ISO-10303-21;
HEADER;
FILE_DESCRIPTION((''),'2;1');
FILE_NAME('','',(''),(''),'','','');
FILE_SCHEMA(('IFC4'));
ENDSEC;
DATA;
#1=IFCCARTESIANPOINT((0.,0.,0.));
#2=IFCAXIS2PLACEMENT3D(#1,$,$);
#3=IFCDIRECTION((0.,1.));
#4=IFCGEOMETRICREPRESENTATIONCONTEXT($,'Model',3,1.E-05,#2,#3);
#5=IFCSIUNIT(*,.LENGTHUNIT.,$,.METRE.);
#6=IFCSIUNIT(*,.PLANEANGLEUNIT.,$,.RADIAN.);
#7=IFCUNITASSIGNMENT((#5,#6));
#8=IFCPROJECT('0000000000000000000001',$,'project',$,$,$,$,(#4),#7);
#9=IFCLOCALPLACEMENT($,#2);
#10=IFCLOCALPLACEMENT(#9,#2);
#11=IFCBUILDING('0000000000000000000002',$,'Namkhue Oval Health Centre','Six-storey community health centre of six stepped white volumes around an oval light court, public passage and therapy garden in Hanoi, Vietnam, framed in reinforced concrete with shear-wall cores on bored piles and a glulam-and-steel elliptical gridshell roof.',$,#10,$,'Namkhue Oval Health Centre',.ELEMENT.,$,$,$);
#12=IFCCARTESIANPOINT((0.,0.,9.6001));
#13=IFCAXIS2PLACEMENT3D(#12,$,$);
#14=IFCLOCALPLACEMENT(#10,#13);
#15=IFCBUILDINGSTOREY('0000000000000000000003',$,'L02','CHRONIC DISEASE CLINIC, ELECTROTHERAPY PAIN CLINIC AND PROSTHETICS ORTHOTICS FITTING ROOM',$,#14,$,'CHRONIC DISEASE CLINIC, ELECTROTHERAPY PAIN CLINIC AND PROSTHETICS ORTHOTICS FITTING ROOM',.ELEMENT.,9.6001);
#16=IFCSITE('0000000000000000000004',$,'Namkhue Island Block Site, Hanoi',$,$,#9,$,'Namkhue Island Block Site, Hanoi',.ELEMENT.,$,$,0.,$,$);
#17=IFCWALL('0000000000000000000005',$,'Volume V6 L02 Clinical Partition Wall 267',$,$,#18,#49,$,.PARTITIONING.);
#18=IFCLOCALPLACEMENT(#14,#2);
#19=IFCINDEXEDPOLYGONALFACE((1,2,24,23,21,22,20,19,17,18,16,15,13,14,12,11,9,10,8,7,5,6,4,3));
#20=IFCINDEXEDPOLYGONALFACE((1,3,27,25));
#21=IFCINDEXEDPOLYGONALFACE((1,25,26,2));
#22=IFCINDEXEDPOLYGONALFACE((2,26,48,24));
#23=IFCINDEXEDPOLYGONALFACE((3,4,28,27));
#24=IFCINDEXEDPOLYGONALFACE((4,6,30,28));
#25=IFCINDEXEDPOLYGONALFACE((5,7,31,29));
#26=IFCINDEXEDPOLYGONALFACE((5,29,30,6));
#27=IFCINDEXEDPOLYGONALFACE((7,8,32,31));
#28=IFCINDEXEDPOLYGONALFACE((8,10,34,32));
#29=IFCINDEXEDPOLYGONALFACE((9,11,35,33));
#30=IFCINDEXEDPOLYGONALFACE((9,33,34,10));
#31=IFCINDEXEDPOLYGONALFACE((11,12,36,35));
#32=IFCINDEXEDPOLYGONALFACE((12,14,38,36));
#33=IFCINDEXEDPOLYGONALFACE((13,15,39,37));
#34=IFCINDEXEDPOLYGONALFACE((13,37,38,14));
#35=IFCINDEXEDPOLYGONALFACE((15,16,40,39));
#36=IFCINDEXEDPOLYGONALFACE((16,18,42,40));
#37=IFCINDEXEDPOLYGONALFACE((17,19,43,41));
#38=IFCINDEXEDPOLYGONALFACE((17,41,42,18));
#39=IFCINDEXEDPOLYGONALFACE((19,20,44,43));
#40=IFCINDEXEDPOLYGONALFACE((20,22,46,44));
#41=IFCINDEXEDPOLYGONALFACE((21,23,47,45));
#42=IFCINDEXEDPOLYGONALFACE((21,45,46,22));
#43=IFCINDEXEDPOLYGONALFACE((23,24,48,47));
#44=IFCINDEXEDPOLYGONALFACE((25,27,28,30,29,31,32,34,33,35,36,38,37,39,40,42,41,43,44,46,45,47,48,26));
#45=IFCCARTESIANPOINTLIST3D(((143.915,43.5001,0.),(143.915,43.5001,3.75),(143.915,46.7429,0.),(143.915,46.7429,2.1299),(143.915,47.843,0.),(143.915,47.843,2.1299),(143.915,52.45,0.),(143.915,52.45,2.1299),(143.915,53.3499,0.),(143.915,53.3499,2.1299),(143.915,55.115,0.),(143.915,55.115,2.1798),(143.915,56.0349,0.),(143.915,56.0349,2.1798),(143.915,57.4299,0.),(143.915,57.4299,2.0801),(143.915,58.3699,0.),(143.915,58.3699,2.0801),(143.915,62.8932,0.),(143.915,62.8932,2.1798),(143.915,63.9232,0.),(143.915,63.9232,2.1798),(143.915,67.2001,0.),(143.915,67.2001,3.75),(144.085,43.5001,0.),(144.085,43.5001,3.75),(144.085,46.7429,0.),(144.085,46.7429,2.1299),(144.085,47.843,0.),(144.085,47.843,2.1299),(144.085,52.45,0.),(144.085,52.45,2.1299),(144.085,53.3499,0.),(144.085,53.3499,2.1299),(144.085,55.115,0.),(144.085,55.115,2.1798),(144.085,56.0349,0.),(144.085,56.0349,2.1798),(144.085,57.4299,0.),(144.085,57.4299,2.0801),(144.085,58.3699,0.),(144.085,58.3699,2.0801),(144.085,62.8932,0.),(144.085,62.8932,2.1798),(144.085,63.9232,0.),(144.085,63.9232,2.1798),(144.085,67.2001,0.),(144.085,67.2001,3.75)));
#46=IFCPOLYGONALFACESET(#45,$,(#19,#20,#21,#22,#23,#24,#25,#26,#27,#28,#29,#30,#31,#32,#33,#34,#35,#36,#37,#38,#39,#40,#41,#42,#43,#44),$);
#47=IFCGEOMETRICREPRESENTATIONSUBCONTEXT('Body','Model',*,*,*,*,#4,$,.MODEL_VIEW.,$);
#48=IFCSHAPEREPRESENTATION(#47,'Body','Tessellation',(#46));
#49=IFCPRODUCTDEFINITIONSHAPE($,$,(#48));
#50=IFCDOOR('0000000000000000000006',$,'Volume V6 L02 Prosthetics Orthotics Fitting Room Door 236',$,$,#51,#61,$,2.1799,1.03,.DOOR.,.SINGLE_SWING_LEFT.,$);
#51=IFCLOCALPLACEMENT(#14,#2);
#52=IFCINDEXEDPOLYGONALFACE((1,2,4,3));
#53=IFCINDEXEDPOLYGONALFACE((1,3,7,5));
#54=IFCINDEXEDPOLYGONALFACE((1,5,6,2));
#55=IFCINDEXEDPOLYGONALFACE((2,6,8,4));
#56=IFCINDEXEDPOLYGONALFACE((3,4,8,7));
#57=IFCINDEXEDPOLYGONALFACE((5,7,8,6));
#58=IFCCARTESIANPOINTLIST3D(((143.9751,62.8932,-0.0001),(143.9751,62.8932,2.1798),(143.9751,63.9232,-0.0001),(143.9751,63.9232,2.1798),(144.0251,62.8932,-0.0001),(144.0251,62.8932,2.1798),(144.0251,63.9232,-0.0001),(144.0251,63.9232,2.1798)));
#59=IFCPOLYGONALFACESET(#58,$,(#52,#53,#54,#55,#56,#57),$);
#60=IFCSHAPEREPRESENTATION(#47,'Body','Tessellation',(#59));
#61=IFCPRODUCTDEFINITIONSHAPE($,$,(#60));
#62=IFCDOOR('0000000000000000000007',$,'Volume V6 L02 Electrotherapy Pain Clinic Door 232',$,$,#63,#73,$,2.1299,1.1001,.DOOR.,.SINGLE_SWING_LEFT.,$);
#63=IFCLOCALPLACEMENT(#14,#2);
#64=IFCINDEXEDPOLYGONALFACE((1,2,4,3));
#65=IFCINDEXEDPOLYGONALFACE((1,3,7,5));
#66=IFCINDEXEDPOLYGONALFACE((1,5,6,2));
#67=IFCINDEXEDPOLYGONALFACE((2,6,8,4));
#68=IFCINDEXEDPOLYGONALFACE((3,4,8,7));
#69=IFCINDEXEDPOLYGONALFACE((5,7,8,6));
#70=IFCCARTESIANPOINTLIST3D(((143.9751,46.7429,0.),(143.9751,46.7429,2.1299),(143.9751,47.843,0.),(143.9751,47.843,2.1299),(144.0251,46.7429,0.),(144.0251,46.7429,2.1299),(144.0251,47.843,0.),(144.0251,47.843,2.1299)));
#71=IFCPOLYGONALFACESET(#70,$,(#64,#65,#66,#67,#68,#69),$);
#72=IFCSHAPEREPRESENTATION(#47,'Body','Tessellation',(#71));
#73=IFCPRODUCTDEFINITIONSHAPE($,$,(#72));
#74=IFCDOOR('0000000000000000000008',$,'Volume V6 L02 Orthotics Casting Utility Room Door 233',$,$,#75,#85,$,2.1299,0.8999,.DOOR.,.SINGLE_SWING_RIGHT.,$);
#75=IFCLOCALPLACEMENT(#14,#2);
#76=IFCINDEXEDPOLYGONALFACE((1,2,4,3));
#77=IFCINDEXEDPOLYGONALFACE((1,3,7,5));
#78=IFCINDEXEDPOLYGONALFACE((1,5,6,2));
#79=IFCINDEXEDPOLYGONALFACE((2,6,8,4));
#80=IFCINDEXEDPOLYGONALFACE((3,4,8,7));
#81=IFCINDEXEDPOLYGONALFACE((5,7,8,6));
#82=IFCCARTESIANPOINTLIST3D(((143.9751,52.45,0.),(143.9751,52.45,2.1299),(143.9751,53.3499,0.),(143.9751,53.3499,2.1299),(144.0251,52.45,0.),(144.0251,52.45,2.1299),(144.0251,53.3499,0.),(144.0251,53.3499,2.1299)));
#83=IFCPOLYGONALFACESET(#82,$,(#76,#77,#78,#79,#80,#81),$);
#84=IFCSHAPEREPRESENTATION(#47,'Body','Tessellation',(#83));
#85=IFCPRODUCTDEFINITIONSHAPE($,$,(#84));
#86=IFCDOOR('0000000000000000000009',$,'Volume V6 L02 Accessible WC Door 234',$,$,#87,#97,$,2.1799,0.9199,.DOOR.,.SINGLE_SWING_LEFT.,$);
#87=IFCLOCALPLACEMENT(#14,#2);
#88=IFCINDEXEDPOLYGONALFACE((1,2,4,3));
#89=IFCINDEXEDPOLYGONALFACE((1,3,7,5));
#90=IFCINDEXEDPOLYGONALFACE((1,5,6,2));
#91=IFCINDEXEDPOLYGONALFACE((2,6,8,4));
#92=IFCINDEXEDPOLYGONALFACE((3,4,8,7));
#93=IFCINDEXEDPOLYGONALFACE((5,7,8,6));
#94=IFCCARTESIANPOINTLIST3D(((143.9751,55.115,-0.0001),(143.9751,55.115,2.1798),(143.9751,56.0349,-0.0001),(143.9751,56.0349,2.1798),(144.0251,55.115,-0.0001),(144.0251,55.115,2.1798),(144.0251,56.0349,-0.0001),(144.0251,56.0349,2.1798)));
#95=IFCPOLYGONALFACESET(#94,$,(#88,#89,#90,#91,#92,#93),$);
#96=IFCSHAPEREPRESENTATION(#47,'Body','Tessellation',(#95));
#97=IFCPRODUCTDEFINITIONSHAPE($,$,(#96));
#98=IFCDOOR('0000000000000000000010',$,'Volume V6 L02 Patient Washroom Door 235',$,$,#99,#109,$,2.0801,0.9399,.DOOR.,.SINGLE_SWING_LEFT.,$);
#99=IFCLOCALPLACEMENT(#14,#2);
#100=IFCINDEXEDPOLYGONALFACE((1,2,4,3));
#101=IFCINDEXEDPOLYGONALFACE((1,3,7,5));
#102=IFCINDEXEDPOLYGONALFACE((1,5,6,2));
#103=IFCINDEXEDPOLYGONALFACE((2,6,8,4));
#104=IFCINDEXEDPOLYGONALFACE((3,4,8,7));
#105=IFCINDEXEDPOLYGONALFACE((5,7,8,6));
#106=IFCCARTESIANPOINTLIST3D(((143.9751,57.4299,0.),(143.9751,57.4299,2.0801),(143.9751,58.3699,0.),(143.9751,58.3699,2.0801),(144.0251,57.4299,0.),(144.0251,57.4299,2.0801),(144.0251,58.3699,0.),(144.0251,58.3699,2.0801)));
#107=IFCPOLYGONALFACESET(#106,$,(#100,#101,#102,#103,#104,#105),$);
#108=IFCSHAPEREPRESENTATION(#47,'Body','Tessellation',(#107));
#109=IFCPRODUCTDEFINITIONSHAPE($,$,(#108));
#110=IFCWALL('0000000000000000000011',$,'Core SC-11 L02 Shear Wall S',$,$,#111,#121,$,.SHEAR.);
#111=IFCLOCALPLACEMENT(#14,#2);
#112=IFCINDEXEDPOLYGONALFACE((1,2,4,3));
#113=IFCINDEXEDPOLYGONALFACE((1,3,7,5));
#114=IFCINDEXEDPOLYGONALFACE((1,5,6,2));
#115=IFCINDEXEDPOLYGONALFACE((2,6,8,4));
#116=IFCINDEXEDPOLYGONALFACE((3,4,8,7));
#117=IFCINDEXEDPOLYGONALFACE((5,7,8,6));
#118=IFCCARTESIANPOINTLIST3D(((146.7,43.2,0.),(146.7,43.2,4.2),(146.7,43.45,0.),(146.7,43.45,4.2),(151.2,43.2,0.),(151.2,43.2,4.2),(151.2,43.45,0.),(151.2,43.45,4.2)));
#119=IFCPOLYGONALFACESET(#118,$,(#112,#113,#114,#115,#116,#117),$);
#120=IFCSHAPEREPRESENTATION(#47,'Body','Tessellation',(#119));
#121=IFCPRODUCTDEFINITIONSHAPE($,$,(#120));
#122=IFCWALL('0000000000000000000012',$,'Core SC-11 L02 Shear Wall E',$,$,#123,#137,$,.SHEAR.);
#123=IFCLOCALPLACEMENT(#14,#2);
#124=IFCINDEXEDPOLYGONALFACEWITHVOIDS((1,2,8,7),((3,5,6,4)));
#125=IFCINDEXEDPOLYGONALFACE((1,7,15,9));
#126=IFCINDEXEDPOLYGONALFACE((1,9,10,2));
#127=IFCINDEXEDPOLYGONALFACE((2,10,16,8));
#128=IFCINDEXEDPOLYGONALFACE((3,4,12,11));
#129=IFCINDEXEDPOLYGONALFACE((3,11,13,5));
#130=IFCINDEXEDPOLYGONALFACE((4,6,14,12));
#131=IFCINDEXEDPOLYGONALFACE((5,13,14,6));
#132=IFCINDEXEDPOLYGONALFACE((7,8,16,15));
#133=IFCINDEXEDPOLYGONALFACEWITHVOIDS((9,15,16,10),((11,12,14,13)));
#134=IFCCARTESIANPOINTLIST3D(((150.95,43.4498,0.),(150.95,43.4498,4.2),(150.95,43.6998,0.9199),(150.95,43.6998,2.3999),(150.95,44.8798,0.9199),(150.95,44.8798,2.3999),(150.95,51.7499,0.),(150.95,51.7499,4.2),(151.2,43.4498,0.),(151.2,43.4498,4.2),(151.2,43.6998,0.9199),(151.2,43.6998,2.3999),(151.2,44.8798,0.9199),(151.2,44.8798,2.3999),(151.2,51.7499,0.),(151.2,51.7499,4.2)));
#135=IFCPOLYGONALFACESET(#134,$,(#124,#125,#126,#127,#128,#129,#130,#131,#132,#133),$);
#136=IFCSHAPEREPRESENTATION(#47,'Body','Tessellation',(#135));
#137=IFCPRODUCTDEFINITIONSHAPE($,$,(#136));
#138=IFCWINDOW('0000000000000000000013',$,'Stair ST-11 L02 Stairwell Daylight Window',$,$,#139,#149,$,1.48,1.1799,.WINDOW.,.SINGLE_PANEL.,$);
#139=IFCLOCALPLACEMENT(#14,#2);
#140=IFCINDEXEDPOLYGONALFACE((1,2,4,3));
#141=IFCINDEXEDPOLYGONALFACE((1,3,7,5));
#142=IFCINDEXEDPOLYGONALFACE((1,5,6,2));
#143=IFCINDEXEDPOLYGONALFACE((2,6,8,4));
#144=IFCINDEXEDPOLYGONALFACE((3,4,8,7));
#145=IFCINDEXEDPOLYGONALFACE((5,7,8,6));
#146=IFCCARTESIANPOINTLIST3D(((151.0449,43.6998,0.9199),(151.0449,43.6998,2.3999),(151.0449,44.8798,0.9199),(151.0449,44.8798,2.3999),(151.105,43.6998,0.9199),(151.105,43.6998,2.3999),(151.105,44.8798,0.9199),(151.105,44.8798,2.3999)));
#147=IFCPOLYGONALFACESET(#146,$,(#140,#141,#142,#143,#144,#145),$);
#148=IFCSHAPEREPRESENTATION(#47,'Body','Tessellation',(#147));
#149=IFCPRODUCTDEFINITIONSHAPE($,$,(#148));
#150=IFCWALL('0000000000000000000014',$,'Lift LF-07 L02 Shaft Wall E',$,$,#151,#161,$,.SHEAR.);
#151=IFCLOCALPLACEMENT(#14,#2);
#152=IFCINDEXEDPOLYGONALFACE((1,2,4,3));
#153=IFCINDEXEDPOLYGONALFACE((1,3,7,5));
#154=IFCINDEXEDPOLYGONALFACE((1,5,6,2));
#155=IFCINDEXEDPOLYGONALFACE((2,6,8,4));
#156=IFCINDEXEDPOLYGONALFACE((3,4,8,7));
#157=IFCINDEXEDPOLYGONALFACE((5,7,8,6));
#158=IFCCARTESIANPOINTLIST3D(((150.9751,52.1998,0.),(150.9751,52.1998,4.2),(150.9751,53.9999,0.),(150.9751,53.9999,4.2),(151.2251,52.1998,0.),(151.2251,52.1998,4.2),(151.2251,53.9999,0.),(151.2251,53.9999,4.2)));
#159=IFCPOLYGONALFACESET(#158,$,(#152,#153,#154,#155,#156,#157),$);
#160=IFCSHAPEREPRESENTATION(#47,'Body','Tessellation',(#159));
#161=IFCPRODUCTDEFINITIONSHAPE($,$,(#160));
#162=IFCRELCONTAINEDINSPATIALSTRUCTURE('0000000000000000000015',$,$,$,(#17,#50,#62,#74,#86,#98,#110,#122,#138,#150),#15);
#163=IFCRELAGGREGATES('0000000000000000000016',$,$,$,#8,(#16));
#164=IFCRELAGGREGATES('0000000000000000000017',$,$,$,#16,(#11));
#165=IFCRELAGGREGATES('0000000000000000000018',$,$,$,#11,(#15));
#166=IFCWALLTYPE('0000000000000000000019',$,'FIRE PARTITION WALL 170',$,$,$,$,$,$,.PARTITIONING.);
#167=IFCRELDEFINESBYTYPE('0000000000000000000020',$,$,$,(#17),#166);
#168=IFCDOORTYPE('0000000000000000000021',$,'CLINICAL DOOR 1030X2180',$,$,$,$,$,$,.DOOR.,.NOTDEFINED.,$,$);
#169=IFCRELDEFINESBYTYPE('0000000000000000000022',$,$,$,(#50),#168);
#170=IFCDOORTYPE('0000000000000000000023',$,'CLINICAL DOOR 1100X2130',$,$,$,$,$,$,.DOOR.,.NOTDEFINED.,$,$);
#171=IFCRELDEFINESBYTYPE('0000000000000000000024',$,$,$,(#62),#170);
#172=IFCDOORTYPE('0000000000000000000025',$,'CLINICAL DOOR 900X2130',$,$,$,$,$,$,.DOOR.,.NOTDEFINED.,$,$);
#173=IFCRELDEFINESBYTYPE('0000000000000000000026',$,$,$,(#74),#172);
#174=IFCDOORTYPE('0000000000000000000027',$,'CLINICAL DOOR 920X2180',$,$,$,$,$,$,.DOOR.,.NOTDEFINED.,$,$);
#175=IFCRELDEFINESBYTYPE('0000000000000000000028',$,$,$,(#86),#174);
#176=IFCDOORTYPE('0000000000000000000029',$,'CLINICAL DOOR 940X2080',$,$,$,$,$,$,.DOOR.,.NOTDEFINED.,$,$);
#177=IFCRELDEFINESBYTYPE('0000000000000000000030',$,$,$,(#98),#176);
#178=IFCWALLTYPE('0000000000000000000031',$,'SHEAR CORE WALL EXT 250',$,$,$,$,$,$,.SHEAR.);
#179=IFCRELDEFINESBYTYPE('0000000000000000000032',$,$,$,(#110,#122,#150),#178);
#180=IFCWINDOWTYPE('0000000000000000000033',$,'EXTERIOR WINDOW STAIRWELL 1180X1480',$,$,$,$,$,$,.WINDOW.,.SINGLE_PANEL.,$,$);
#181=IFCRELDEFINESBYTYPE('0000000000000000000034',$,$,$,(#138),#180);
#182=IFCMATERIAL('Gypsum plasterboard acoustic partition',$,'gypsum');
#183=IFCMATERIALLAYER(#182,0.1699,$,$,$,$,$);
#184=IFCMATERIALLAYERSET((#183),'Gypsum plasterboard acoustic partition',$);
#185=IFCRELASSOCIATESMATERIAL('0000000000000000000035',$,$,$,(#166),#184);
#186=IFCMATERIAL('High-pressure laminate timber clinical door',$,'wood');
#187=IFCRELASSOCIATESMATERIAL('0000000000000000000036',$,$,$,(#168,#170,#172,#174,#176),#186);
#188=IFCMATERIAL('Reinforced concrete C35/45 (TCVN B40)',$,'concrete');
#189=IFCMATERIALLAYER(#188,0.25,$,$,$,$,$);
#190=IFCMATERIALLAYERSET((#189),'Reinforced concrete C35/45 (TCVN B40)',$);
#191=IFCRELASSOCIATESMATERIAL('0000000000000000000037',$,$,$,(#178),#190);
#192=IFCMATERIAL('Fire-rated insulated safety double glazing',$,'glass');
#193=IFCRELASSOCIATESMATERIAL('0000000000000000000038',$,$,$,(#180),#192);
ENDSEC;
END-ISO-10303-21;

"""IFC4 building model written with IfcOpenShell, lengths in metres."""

from ifc_helpers import new_model, si_unit, direction, frame, frame_2d, origin, place, context, subcontext, project, spatial, rectangle, extrude, material, layer, layer_set, type_object, element, fill, save


model = new_model("IFC4")

# Units and contexts
model_context = context("Model", 3, precision=1e-05, world=origin(), true_north=direction((0.0, 1.0)))
body_context = subcontext(model_context, "Body", "Model", "MODEL_VIEW")
ifc_project = project(units=[si_unit("LENGTHUNIT", "METRE"), si_unit("PLANEANGLEUNIT", "RADIAN")], contexts=[model_context])

# Site, building, storey
site_placement = place(None, origin())
site = spatial("IfcSite", under=ifc_project, at=site_placement, Name="Namkhue Island Block Site, Hanoi", LongName="Namkhue Island Block Site, Hanoi", CompositionType="ELEMENT", RefElevation=0.0)
building_placement = place(site_placement, origin())
building = spatial("IfcBuilding", under=site, at=building_placement, Name="Namkhue Oval Health Centre", Description="Six-storey community health centre of six stepped white volumes around an oval light court, public passage and therapy garden in Hanoi, Vietnam, framed in reinforced concrete with shear-wall cores on bored piles and a glulam-and-steel elliptical gridshell roof.", LongName="Namkhue Oval Health Centre", CompositionType="ELEMENT")
storey_placement = place(building_placement, frame((0.0, 0.0, 9.6001)))
storey = spatial("IfcBuildingStorey", under=building, at=storey_placement, Name="L02", Description="CHRONIC DISEASE CLINIC, ELECTROTHERAPY PAIN CLINIC AND PROSTHETICS ORTHOTICS FITTING ROOM", LongName="CHRONIC DISEASE CLINIC, ELECTROTHERAPY PAIN CLINIC AND PROSTHETICS ORTHOTICS FITTING ROOM", CompositionType="ELEMENT", Elevation=9.6001)

# Shared definitions
ifc_material_1 = material(Name="Reinforced concrete C35/45 (TCVN B40)", Category="concrete")

# Wall, openings, doors
ifc_material_2 = material(Name="Gypsum plasterboard acoustic partition", Category="gypsum")
ifc_layer_1 = layer(ifc_material_2, 0.1699)
ifc_layer_set_1 = layer_set([ifc_layer_1], Name="Gypsum plasterboard acoustic partition")
wall_type_1 = type_object("IfcWallType", Name="FIRE PARTITION WALL 170", PredefinedType="PARTITIONING", material=ifc_layer_set_1)
wall_1_placement = place(storey_placement, frame((144.0, 43.5, 0.0), z_axis=(0.0, 0.0, 1.0), x_axis=(0.0, 1.0, 0.0)))
wall_1 = element("IfcWall", 1, at=wall_1_placement, inside=storey, type_object=wall_type_1, Name="Volume V6 L02 Clinical Partition Wall 267", PredefinedType="PARTITIONING", context=body_context, shape_type="SweptSolid", body=[
    extrude(rectangle(XDim=23.7, YDim=0.1699, at=frame_2d((11.8501, 0.0))), origin(), (0.0, 0.0, 1.0), 3.75),
])
opening_1_placement = place(wall_1_placement, frame((3.2429, 0.0, 0.0)))
opening_1 = element("IfcOpeningElement", 2, at=opening_1_placement, cuts=wall_1, PredefinedType="OPENING", context=body_context, shape_type="SweptSolid", body=[
    extrude(rectangle(XDim=1.1001, YDim=2.1299, at=frame_2d((0.55, 1.0649))), frame((0.0, 0.095, 0.0), z_axis=(0.0, -1.0, 0.0), x_axis=(1.0, 0.0, 0.0)), (0.0, 0.0, 1.0), 0.1899),
])
opening_2_placement = place(wall_1_placement, frame((8.95, 0.0, 0.0)))
opening_2 = element("IfcOpeningElement", 3, at=opening_2_placement, cuts=wall_1, PredefinedType="OPENING", context=body_context, shape_type="SweptSolid", body=[
    extrude(rectangle(XDim=0.8999, YDim=2.1299, at=frame_2d((0.45, 1.0649))), frame((0.0, 0.095, 0.0), z_axis=(0.0, -1.0, 0.0), x_axis=(1.0, 0.0, 0.0)), (0.0, 0.0, 1.0), 0.1899),
])
opening_3_placement = place(wall_1_placement, frame((11.615, 0.0, 0.0)))
opening_3 = element("IfcOpeningElement", 4, at=opening_3_placement, cuts=wall_1, PredefinedType="OPENING", context=body_context, shape_type="SweptSolid", body=[
    extrude(rectangle(XDim=0.9199, YDim=2.1799, at=frame_2d((0.46, 1.0898))), frame((0.0, 0.095, 0.0), z_axis=(0.0, -1.0, 0.0), x_axis=(1.0, 0.0, 0.0)), (0.0, 0.0, 1.0), 0.1899),
])
opening_4_placement = place(wall_1_placement, frame((13.9299, 0.0, 0.0)))
opening_4 = element("IfcOpeningElement", 5, at=opening_4_placement, cuts=wall_1, PredefinedType="OPENING", context=body_context, shape_type="SweptSolid", body=[
    extrude(rectangle(XDim=0.9399, YDim=2.0801, at=frame_2d((0.47, 1.04))), frame((0.0, 0.095, 0.0), z_axis=(0.0, -1.0, 0.0), x_axis=(1.0, 0.0, 0.0)), (0.0, 0.0, 1.0), 0.1899),
])
opening_5_placement = place(wall_1_placement, frame((19.3931, 0.0, 0.0)))
opening_5 = element("IfcOpeningElement", 6, at=opening_5_placement, cuts=wall_1, PredefinedType="OPENING", context=body_context, shape_type="SweptSolid", body=[
    extrude(rectangle(XDim=1.03, YDim=2.1799, at=frame_2d((0.5151, 1.0898))), frame((0.0, 0.095, 0.0), z_axis=(0.0, -1.0, 0.0), x_axis=(1.0, 0.0, 0.0)), (0.0, 0.0, 1.0), 0.1899),
])
ifc_material_3 = material(Name="High-pressure laminate timber clinical door", Category="wood")
door_type_1 = type_object("IfcDoorType", Name="CLINICAL DOOR 1030X2180", OperationType="NOTDEFINED", PredefinedType="DOOR", material=ifc_material_3)
door_1_placement = place(opening_5_placement, origin())
door_1 = element("IfcDoor", 7, at=door_1_placement, inside=storey, type_object=door_type_1, Name="Volume V6 L02 Prosthetics Orthotics Fitting Room Door 236", OperationType="SINGLE_SWING_LEFT", OverallHeight=2.1799, OverallWidth=1.03, PredefinedType="DOOR", context=body_context, shape_type="SweptSolid", body=[
    extrude(rectangle(XDim=1.03, YDim=2.1799, at=frame_2d((0.5151, 1.0898))), frame((0.0, 0.0249, 0.0), z_axis=(0.0, -1.0, 0.0), x_axis=(1.0, 0.0, 0.0)), (0.0, 0.0, 1.0), 0.05),
])
fill(opening_5, door_1)
door_type_2 = type_object("IfcDoorType", Name="CLINICAL DOOR 1100X2130", OperationType="NOTDEFINED", PredefinedType="DOOR", material=ifc_material_3)
door_2_placement = place(opening_1_placement, origin())
door_2 = element("IfcDoor", 8, at=door_2_placement, inside=storey, type_object=door_type_2, Name="Volume V6 L02 Electrotherapy Pain Clinic Door 232", OperationType="SINGLE_SWING_LEFT", OverallHeight=2.1299, OverallWidth=1.1001, PredefinedType="DOOR", context=body_context, shape_type="SweptSolid", body=[
    extrude(rectangle(XDim=1.1001, YDim=2.1299, at=frame_2d((0.55, 1.0649))), frame((0.0, 0.0249, 0.0), z_axis=(0.0, -1.0, 0.0), x_axis=(1.0, 0.0, 0.0)), (0.0, 0.0, 1.0), 0.05),
])
fill(opening_1, door_2)
door_type_3 = type_object("IfcDoorType", Name="CLINICAL DOOR 900X2130", OperationType="NOTDEFINED", PredefinedType="DOOR", material=ifc_material_3)
door_3_placement = place(opening_2_placement, origin())
door_3 = element("IfcDoor", 9, at=door_3_placement, inside=storey, type_object=door_type_3, Name="Volume V6 L02 Orthotics Casting Utility Room Door 233", OperationType="SINGLE_SWING_RIGHT", OverallHeight=2.1299, OverallWidth=0.8999, PredefinedType="DOOR", context=body_context, shape_type="SweptSolid", body=[
    extrude(rectangle(XDim=0.8999, YDim=2.1299, at=frame_2d((0.45, 1.0649))), frame((0.0, 0.0249, 0.0), z_axis=(0.0, -1.0, 0.0), x_axis=(1.0, 0.0, 0.0)), (0.0, 0.0, 1.0), 0.05),
])
fill(opening_2, door_3)
door_type_4 = type_object("IfcDoorType", Name="CLINICAL DOOR 920X2180", OperationType="NOTDEFINED", PredefinedType="DOOR", material=ifc_material_3)
door_4_placement = place(opening_3_placement, origin())
door_4 = element("IfcDoor", 10, at=door_4_placement, inside=storey, type_object=door_type_4, Name="Volume V6 L02 Accessible WC Door 234", OperationType="SINGLE_SWING_LEFT", OverallHeight=2.1799, OverallWidth=0.9199, PredefinedType="DOOR", context=body_context, shape_type="SweptSolid", body=[
    extrude(rectangle(XDim=0.9199, YDim=2.1799, at=frame_2d((0.46, 1.0898))), frame((0.0, 0.0249, 0.0), z_axis=(0.0, -1.0, 0.0), x_axis=(1.0, 0.0, 0.0)), (0.0, 0.0, 1.0), 0.05),
])
fill(opening_3, door_4)
door_type_5 = type_object("IfcDoorType", Name="CLINICAL DOOR 940X2080", OperationType="NOTDEFINED", PredefinedType="DOOR", material=ifc_material_3)
door_5_placement = place(opening_4_placement, origin())
door_5 = element("IfcDoor", 11, at=door_5_placement, inside=storey, type_object=door_type_5, Name="Volume V6 L02 Patient Washroom Door 235", OperationType="SINGLE_SWING_LEFT", OverallHeight=2.0801, OverallWidth=0.9399, PredefinedType="DOOR", context=body_context, shape_type="SweptSolid", body=[
    extrude(rectangle(XDim=0.9399, YDim=2.0801, at=frame_2d((0.47, 1.04))), frame((0.0, 0.0249, 0.0), z_axis=(0.0, -1.0, 0.0), x_axis=(1.0, 0.0, 0.0)), (0.0, 0.0, 1.0), 0.05),
])
fill(opening_4, door_5)

# Wall
ifc_layer_2 = layer(ifc_material_1, 0.25)
ifc_layer_set_2 = layer_set([ifc_layer_2], Name="Reinforced concrete C35/45 (TCVN B40)")
wall_type_2 = type_object("IfcWallType", Name="SHEAR CORE WALL EXT 250", PredefinedType="SHEAR", material=ifc_layer_set_2)
wall_2_placement = place(storey_placement, frame((146.7, 43.325, 0.0), z_axis=(0.0, 0.0, 1.0), x_axis=(1.0, 0.0, 0.0)))
element("IfcWall", 12, at=wall_2_placement, inside=storey, type_object=wall_type_2, Name="Core SC-11 L02 Shear Wall S", PredefinedType="SHEAR", context=body_context, shape_type="SweptSolid", body=[
    extrude(rectangle(XDim=4.5, YDim=0.25, at=frame_2d((2.25, 0.0))), origin(), (0.0, 0.0, 1.0), 4.2),
])

# Wall, opening, window
wall_3_placement = place(storey_placement, frame((151.075, 43.45, 0.0), z_axis=(0.0, 0.0, 1.0), x_axis=(0.0, 1.0, 0.0)))
wall_3 = element("IfcWall", 13, at=wall_3_placement, inside=storey, type_object=wall_type_2, Name="Core SC-11 L02 Shear Wall E", PredefinedType="SHEAR", context=body_context, shape_type="SweptSolid", body=[
    extrude(rectangle(XDim=8.3, YDim=0.25, at=frame_2d((4.1499, 0.0))), origin(), (0.0, 0.0, 1.0), 4.2),
])
opening_6_placement = place(wall_3_placement, frame((0.25, 0.0, 0.9199)))
opening_6 = element("IfcOpeningElement", 14, at=opening_6_placement, cuts=wall_3, PredefinedType="OPENING", context=body_context, shape_type="SweptSolid", body=[
    extrude(rectangle(XDim=1.1799, YDim=1.48, at=frame_2d((0.5898, 0.74))), frame((0.0, 0.135, 0.0), z_axis=(0.0, -1.0, 0.0), x_axis=(1.0, 0.0, 0.0)), (0.0, 0.0, 1.0), 0.27),
])
ifc_material_4 = material(Name="Fire-rated insulated safety double glazing", Category="glass")
window_type = type_object("IfcWindowType", Name="EXTERIOR WINDOW STAIRWELL 1180X1480", PartitioningType="SINGLE_PANEL", PredefinedType="WINDOW", material=ifc_material_4)
window_placement = place(opening_6_placement, origin())
window = element("IfcWindow", 15, at=window_placement, inside=storey, type_object=window_type, Name="Stair ST-11 L02 Stairwell Daylight Window", OverallHeight=1.48, OverallWidth=1.1799, PartitioningType="SINGLE_PANEL", PredefinedType="WINDOW", context=body_context, shape_type="SweptSolid", body=[
    extrude(rectangle(XDim=1.1799, YDim=1.48, at=frame_2d((0.5898, 0.74))), frame((0.0, 0.03, 0.0), z_axis=(0.0, -1.0, 0.0), x_axis=(1.0, 0.0, 0.0)), (0.0, 0.0, 1.0), 0.0601),
])
fill(opening_6, window)

# Wall
wall_4_placement = place(storey_placement, frame((151.1001, 52.2, 0.0), z_axis=(0.0, 0.0, 1.0), x_axis=(0.0, 1.0, 0.0)))
element("IfcWall", 16, at=wall_4_placement, inside=storey, type_object=wall_type_2, Name="Lift LF-07 L02 Shaft Wall E", PredefinedType="SHEAR", context=body_context, shape_type="SweptSolid", body=[
    extrude(rectangle(XDim=1.8, YDim=0.25, at=frame_2d((0.8999, 0.0))), origin(), (0.0, 0.0, 1.0), 4.2),
])

save(model, "model.ifc")
